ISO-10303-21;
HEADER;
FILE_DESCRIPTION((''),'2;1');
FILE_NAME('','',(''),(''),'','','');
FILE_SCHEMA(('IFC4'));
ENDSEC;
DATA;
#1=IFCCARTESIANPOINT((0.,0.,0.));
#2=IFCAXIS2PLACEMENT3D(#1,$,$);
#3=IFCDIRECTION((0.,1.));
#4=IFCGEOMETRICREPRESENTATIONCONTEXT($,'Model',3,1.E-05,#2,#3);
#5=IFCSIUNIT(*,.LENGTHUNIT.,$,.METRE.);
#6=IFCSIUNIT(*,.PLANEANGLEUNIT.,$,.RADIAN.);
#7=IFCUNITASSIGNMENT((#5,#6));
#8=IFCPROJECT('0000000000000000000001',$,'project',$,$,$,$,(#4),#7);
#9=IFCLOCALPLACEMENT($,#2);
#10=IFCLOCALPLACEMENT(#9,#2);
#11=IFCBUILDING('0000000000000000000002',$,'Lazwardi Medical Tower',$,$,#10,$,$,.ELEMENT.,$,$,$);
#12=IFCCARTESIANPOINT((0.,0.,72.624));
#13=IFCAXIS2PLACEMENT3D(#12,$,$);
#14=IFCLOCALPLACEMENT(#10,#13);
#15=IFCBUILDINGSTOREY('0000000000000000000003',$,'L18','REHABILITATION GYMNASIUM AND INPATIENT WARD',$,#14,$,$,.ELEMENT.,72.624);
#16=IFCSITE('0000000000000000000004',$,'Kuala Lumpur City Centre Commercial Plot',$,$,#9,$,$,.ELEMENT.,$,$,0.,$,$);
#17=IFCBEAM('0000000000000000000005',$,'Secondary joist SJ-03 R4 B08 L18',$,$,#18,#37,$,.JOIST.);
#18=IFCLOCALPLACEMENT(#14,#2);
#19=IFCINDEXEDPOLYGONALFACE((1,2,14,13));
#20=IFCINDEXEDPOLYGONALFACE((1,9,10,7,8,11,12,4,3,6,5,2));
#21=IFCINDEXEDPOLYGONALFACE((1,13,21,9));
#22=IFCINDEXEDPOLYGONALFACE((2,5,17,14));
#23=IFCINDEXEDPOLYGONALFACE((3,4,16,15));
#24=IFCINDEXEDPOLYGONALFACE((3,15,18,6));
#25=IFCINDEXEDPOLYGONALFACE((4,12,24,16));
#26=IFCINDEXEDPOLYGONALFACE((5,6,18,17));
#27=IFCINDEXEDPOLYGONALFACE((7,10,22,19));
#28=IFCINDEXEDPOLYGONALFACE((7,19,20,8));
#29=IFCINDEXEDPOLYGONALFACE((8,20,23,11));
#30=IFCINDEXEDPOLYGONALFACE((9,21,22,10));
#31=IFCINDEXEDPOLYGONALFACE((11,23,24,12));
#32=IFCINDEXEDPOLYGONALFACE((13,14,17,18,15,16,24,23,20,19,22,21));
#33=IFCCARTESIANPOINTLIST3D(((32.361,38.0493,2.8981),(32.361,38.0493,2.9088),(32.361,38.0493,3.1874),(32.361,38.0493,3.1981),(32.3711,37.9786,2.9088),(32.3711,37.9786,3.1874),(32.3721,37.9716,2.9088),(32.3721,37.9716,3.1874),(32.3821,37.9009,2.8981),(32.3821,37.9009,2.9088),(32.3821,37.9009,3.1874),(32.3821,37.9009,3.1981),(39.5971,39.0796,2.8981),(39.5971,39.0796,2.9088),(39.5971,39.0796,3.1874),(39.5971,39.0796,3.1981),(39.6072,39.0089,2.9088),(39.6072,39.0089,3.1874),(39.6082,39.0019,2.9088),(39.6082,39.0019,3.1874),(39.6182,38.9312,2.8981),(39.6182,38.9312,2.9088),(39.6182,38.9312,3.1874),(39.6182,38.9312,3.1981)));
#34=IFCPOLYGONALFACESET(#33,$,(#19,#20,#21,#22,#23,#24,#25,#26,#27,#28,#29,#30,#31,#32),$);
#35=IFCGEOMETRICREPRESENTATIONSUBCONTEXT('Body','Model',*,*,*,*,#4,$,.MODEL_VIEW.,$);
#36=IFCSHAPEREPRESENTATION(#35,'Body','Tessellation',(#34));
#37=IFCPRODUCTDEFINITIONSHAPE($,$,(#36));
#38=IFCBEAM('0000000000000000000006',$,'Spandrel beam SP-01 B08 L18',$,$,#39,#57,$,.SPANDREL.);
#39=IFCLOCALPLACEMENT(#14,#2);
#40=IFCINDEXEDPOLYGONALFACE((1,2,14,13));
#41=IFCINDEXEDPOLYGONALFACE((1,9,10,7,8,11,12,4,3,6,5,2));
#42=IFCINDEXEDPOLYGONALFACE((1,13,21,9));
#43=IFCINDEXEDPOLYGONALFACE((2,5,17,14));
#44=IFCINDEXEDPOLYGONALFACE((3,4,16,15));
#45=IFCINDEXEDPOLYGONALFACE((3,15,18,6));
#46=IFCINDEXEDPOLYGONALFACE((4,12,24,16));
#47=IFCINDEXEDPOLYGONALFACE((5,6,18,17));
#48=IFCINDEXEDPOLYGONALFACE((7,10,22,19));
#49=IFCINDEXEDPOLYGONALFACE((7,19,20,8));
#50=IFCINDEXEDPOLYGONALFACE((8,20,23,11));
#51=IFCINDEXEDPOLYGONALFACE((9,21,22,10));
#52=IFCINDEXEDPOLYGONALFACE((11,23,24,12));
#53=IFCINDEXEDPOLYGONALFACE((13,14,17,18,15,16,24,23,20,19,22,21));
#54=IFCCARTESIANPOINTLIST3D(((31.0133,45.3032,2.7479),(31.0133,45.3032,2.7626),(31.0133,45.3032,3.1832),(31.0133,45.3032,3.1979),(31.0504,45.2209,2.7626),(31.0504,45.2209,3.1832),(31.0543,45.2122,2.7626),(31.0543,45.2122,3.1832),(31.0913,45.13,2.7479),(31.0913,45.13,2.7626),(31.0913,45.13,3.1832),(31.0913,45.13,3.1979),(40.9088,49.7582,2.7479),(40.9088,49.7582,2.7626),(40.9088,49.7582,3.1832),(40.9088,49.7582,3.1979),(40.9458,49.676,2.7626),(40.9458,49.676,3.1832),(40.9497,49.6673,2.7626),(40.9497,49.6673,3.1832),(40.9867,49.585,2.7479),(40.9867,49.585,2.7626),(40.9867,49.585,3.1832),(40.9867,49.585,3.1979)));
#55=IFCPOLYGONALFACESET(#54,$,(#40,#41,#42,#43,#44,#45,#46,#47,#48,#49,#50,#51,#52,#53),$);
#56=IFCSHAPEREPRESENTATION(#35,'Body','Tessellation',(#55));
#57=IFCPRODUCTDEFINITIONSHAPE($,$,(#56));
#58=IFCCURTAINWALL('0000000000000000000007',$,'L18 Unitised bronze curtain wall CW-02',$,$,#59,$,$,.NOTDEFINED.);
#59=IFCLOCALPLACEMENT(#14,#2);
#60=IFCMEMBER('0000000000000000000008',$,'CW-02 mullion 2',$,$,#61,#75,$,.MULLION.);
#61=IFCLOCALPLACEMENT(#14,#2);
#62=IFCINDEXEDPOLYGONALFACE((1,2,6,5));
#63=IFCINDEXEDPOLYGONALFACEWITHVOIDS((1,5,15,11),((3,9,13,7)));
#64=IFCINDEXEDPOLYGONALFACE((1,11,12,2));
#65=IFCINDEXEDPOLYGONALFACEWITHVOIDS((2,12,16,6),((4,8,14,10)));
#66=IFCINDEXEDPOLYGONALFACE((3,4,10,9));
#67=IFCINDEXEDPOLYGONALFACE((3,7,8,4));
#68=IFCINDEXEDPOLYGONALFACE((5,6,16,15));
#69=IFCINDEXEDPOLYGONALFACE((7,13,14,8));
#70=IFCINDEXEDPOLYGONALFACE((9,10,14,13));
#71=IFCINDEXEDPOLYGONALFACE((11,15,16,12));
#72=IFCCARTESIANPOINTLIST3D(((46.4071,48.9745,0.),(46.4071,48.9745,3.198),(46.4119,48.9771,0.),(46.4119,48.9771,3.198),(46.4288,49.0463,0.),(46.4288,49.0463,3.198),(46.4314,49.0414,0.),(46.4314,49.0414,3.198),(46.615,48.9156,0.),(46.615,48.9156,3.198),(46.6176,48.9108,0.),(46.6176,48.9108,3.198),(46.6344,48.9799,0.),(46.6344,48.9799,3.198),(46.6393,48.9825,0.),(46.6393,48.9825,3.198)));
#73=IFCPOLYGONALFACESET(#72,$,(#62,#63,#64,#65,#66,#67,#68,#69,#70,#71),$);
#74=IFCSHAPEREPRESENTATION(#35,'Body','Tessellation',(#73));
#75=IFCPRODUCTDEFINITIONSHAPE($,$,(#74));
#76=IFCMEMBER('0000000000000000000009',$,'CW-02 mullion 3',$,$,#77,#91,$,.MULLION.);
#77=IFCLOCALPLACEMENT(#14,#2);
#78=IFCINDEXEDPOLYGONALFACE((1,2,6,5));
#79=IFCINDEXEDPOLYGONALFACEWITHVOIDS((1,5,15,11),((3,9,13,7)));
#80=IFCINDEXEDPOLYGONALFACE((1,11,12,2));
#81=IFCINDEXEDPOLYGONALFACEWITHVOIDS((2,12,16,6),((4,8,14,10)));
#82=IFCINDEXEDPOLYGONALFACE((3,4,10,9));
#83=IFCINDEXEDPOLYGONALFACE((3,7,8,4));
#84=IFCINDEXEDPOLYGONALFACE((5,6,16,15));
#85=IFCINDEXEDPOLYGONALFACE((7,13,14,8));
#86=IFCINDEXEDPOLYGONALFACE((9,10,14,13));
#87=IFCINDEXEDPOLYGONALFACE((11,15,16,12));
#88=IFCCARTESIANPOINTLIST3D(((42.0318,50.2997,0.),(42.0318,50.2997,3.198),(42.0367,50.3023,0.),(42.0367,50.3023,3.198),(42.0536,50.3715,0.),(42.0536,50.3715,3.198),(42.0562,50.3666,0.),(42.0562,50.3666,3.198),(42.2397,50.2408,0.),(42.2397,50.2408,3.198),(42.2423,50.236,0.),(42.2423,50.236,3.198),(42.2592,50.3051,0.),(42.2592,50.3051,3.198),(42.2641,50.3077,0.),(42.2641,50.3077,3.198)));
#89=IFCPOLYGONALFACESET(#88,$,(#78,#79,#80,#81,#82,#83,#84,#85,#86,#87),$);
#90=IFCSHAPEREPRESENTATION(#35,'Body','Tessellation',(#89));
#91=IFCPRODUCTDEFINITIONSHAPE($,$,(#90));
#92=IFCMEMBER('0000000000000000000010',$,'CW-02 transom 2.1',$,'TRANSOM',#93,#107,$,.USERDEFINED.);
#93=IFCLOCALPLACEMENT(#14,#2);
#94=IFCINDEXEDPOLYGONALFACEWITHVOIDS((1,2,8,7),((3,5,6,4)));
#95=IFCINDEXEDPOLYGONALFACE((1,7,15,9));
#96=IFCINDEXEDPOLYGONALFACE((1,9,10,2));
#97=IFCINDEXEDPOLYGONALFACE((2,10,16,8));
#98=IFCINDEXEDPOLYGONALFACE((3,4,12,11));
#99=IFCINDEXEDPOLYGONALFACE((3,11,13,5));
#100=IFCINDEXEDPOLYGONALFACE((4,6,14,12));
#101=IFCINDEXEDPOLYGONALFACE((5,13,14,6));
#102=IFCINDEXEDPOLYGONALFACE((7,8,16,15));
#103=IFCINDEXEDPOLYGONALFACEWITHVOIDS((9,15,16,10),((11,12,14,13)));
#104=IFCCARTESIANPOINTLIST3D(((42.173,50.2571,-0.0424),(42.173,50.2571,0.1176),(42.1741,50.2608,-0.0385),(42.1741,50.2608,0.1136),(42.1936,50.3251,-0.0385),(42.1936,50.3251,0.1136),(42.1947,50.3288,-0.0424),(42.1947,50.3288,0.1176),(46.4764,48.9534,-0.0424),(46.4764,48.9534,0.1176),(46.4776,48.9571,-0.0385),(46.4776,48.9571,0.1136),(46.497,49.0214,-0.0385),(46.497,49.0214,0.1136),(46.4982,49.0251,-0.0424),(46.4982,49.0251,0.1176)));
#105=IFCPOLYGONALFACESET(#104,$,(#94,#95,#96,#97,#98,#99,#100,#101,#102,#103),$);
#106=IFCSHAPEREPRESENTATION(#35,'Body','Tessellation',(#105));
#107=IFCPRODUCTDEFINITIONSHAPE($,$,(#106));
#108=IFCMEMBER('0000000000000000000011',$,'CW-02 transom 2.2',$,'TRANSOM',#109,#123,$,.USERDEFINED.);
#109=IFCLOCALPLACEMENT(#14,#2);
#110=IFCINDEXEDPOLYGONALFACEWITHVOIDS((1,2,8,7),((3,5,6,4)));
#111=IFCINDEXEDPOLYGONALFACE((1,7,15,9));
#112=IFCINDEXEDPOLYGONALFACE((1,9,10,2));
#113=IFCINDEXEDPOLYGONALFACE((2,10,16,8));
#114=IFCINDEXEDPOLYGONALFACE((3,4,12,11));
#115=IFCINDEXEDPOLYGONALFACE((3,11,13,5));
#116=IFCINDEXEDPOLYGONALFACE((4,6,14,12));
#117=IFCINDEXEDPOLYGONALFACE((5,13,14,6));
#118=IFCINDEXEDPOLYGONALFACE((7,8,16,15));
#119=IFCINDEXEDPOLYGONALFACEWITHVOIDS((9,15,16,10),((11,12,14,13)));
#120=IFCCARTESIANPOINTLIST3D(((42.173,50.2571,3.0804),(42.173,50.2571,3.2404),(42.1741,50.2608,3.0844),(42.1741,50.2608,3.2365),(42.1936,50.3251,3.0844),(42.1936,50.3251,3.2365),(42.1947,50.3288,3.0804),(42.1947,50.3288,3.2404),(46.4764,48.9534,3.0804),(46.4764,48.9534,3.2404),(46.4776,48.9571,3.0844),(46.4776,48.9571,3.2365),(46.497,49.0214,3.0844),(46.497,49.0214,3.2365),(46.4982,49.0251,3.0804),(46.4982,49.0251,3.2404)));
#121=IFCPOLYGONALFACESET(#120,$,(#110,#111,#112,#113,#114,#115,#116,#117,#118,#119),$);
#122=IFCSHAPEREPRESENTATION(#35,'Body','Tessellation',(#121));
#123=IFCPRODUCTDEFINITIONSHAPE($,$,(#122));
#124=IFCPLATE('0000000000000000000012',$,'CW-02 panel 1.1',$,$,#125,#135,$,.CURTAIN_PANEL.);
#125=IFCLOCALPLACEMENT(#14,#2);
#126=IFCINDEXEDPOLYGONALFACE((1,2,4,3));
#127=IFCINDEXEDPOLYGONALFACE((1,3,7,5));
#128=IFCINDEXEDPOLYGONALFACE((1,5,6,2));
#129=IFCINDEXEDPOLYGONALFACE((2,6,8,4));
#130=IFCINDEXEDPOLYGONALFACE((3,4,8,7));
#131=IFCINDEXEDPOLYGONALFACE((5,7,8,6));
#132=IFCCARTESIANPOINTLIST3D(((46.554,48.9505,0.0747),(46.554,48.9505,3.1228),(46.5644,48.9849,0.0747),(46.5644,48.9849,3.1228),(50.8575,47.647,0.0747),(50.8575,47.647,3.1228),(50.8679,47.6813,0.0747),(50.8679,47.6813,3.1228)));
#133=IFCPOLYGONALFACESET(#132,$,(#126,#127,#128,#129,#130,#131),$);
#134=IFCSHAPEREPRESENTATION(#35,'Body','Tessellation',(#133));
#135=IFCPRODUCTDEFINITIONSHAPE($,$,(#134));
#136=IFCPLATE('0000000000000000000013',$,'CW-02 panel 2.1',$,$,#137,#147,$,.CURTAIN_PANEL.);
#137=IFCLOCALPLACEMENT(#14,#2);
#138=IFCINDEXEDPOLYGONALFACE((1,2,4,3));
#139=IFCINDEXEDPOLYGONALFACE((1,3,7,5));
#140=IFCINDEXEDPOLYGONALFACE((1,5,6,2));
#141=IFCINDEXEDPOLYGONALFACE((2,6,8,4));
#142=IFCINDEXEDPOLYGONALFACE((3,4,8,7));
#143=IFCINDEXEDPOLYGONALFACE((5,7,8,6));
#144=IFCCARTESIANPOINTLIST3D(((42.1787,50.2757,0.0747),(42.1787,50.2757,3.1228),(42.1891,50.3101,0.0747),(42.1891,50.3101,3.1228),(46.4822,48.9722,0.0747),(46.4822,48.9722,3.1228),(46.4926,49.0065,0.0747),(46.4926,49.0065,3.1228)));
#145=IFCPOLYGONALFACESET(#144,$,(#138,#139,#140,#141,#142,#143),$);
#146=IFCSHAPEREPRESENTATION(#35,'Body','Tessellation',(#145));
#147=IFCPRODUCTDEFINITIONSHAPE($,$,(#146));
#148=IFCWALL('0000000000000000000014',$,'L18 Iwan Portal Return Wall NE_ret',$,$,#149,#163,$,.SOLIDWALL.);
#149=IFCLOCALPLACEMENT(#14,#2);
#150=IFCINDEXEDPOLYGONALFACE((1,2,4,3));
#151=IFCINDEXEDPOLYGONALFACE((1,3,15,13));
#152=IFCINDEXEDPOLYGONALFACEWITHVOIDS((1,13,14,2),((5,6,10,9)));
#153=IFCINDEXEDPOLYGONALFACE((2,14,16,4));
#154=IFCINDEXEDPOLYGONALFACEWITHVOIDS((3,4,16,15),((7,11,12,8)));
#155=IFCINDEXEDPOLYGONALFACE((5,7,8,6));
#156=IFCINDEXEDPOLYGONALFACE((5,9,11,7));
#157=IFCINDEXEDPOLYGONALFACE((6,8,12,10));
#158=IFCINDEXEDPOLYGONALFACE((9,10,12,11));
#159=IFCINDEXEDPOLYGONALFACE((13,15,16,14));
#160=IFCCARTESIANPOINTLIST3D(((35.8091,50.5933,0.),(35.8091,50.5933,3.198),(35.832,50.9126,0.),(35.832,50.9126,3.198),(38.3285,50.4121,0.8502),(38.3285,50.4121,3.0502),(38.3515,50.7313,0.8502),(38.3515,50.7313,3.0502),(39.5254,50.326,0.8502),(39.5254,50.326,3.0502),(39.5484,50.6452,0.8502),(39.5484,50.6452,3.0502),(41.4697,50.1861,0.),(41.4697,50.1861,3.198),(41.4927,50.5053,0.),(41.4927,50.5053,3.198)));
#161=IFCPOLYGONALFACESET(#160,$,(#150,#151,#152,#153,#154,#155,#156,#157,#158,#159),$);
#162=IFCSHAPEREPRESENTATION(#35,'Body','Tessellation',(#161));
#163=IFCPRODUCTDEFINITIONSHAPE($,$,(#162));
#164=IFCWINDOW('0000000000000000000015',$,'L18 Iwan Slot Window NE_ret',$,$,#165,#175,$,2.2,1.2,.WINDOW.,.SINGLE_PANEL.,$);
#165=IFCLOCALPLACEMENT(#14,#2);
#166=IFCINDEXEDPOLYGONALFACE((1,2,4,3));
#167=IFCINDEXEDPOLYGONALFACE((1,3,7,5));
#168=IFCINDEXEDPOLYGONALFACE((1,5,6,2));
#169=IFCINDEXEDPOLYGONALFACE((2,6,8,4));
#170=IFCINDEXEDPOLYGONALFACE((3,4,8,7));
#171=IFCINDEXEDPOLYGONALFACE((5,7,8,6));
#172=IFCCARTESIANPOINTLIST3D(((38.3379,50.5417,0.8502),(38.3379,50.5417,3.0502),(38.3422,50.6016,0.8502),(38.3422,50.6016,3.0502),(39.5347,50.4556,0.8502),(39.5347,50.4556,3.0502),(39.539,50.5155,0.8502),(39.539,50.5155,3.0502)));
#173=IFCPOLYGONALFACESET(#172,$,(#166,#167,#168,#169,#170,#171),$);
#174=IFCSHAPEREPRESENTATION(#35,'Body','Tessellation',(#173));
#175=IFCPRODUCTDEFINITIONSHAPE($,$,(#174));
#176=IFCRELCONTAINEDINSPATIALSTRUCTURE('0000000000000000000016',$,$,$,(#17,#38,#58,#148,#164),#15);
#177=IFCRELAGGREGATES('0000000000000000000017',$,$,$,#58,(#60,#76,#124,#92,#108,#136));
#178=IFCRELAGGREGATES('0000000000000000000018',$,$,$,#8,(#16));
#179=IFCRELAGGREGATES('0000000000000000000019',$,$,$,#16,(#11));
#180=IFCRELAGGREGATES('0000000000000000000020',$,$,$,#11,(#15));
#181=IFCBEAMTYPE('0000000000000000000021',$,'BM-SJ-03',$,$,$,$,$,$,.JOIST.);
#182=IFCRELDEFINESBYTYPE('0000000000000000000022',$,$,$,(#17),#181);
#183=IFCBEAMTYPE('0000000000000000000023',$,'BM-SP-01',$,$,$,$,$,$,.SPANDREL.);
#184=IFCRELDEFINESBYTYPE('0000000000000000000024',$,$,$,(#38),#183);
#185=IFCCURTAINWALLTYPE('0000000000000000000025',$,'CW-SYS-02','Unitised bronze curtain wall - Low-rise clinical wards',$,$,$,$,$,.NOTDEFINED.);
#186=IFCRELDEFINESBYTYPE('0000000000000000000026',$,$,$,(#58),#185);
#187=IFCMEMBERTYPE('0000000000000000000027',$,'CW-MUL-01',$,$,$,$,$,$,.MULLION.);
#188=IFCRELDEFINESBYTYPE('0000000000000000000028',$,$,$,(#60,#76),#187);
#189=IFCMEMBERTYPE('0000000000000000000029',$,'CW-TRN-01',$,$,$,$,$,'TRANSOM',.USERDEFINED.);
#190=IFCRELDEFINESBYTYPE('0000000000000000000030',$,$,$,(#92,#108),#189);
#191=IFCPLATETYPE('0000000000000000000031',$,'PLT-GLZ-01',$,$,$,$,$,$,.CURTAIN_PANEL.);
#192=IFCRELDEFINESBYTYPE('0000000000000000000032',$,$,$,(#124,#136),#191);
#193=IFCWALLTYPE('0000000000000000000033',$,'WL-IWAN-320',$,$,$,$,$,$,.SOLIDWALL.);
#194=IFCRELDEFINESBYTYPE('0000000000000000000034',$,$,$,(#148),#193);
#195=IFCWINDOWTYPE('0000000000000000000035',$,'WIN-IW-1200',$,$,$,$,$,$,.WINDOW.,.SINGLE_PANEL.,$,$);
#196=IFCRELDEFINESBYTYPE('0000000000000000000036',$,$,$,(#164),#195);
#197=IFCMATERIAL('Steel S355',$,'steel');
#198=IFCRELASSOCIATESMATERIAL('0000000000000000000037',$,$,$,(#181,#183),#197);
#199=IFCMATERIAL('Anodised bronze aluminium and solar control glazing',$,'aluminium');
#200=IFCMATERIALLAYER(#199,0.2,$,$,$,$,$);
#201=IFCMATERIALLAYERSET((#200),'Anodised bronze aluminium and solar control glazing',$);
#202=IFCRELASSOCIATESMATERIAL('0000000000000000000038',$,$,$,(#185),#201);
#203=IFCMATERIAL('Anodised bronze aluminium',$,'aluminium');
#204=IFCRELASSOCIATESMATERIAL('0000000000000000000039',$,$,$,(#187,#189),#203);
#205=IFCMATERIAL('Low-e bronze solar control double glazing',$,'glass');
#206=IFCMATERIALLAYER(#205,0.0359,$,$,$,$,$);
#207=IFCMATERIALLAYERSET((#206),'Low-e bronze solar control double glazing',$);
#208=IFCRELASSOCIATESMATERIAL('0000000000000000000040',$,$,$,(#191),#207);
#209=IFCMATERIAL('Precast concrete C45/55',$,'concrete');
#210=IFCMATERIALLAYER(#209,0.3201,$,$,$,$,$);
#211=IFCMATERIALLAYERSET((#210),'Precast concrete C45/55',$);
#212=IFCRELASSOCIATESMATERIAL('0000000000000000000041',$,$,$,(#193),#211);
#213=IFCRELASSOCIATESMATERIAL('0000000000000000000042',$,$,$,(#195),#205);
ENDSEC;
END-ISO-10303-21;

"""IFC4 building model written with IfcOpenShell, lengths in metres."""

from ifc_helpers import new_model, si_unit, direction, frame, frame_2d, origin, origin_2d, place, context, subcontext, project, spatial, rectangle, hollow_rectangle, i_section, extrude, material, layer, layer_set, material_profile, profile_set, type_object, element, fill, aggregate, save


model = new_model("IFC4")

# Units and contexts
model_context = context("Model", 3, precision=1e-05, world=origin(), true_north=direction((0.0, 1.0)))
body_context = subcontext(model_context, "Body", "Model", "MODEL_VIEW")
ifc_project = project(units=[si_unit("LENGTHUNIT", "METRE"), si_unit("PLANEANGLEUNIT", "RADIAN")], contexts=[model_context])

# Site, building, storey
site_placement = place(None, origin())
site = spatial("IfcSite", under=ifc_project, at=site_placement, Name="Kuala Lumpur City Centre Commercial Plot", CompositionType="ELEMENT", RefElevation=0.0)
building_placement = place(site_placement, origin())
building = spatial("IfcBuilding", under=site, at=building_placement, Name="Lazwardi Medical Tower", CompositionType="ELEMENT")
storey_placement = place(building_placement, frame((0.0, 0.0, 72.624)))
storey = spatial("IfcBuildingStorey", under=building, at=storey_placement, Name="L18", Description="REHABILITATION GYMNASIUM AND INPATIENT WARD", CompositionType="ELEMENT", Elevation=72.624)

# Beams
ifc_material_1 = material(Name="Steel S355", Category="steel")
ifc_material_profile_1 = material_profile(ifc_material_1, i_section(OverallWidth=0.1499, OverallDepth=0.3, WebThickness=0.0071, FlangeThickness=0.0107, at=origin_2d()), Name="IPE 300")
ifc_profile_set_1 = profile_set([ifc_material_profile_1], Name="Steel S355")
beam_type_1 = type_object("IfcBeamType", Name="BM-SJ-03", PredefinedType="JOIST", material=ifc_profile_set_1)
beam_1_placement = place(storey_placement, frame((39.6077, 39.0054, 3.0481), z_axis=(-0.990016, -0.140958, 0.0), x_axis=(0.140958, -0.990016, 0.0)))
element("IfcBeam", 1, at=beam_1_placement, inside=storey, type_object=beam_type_1, Name="Secondary joist SJ-03 R4 B08 L18", PredefinedType="JOIST", context=body_context, shape_type="SweptSolid", body=[
    extrude(i_section(OverallWidth=0.1499, OverallDepth=0.3, WebThickness=0.0071, FlangeThickness=0.0107, at=origin_2d()), origin(), (0.0, 0.0, 1.0), 7.3091),
])
ifc_material_profile_2 = material_profile(ifc_material_1, i_section(OverallWidth=0.1899, OverallDepth=0.45, WebThickness=0.0095, FlangeThickness=0.0146, at=origin_2d()), Name="IPE 450")
ifc_profile_set_2 = profile_set([ifc_material_profile_2], Name="Steel S355")
beam_type_2 = type_object("IfcBeamType", Name="BM-SP-01", PredefinedType="SPANDREL", material=ifc_profile_set_2)
beam_2_placement = place(storey_placement, frame((40.9478, 49.6716, 2.9729), z_axis=(-0.911849, -0.410526, 0.0), x_axis=(0.410526, -0.911849, 0.0)))
element("IfcBeam", 2, at=beam_2_placement, inside=storey, type_object=beam_type_2, Name="Spandrel beam SP-01 B08 L18", PredefinedType="SPANDREL", context=body_context, shape_type="SweptSolid", body=[
    extrude(i_section(OverallWidth=0.1899, OverallDepth=0.45, WebThickness=0.0095, FlangeThickness=0.0146, at=origin_2d()), origin(), (0.0, 0.0, 1.0), 10.8521),
])

# Curtain wall, members, plates
ifc_material_2 = material(Name="Anodised bronze aluminium and solar control glazing", Category="aluminium")
ifc_layer_1 = layer(ifc_material_2, 0.2)
ifc_layer_set_1 = layer_set([ifc_layer_1], Name="Anodised bronze aluminium and solar control glazing")
curtain_wall_type = type_object("IfcCurtainWallType", Name="CW-SYS-02", Description="Unitised bronze curtain wall - Low-rise clinical wards", PredefinedType="NOTDEFINED", material=ifc_layer_set_1)
curtain_wall_placement = place(storey_placement, origin())
curtain_wall = element("IfcCurtainWall", 3, at=curtain_wall_placement, inside=storey, type_object=curtain_wall_type, Name="L18 Unitised bronze curtain wall CW-02", PredefinedType="NOTDEFINED")
ifc_material_3 = material(Name="Anodised bronze aluminium", Category="aluminium")
ifc_material_profile_3 = material_profile(ifc_material_3, hollow_rectangle(XDim=0.075, YDim=0.22, WallThickness=0.0039, at=origin_2d()), Name="ALU-MULLION 220x75x4")
ifc_profile_set_3 = profile_set([ifc_material_profile_3], Name="Anodised bronze aluminium")
member_type_1 = type_object("IfcMemberType", Name="CW-MUL-01", PredefinedType="MULLION", material=ifc_profile_set_3)
member_1_placement = place(storey_placement, frame((46.5232, 48.9785, 0.0), z_axis=(0.0, 0.0, 1.0), x_axis=(-0.289896, -0.957058, 0.0)))
member_1 = element("IfcMember", 4, at=member_1_placement, type_object=member_type_1, Name="CW-02 mullion 2", PredefinedType="MULLION", context=body_context, shape_type="SweptSolid", body=[
    extrude(hollow_rectangle(XDim=0.075, YDim=0.22, WallThickness=0.0039, at=origin_2d()), origin(), (0.0, 0.0, 1.0), 3.198),
])
member_2_placement = place(storey_placement, frame((42.1479, 50.3037, 0.0), z_axis=(0.0, 0.0, 1.0), x_axis=(-0.289896, -0.957058, 0.0)))
member_2 = element("IfcMember", 5, at=member_2_placement, type_object=member_type_1, Name="CW-02 mullion 3", PredefinedType="MULLION", context=body_context, shape_type="SweptSolid", body=[
    extrude(hollow_rectangle(XDim=0.075, YDim=0.22, WallThickness=0.0039, at=origin_2d()), origin(), (0.0, 0.0, 1.0), 3.198),
])
ifc_material_profile_4 = material_profile(ifc_material_3, hollow_rectangle(XDim=0.075, YDim=0.1599, WallThickness=0.0039, at=origin_2d()), Name="ALU-TRANSOM 160x75x4")
ifc_profile_set_4 = profile_set([ifc_material_profile_4], Name="Anodised bronze aluminium")
member_type_2 = type_object("IfcMemberType", Name="CW-TRN-01", ElementType="TRANSOM", PredefinedType="USERDEFINED", material=ifc_profile_set_4)
member_3_placement = place(storey_placement, frame((46.4873, 48.9893, 0.0376), z_axis=(-0.957047, 0.289932, 0.0), x_axis=(-0.289932, -0.957047, 0.0)))
member_3 = element("IfcMember", 6, at=member_3_placement, type_object=member_type_2, Name="CW-02 transom 2.1", ObjectType="TRANSOM", PredefinedType="USERDEFINED", context=body_context, shape_type="SweptSolid", body=[
    extrude(hollow_rectangle(XDim=0.075, YDim=0.1599, WallThickness=0.0039, at=origin_2d()), origin(), (0.0, 0.0, 1.0), 4.4966),
])
member_4_placement = place(storey_placement, frame((46.4873, 48.9893, 3.1604), z_axis=(-0.957047, 0.289932, 0.0), x_axis=(-0.289932, -0.957047, 0.0)))
member_4 = element("IfcMember", 7, at=member_4_placement, type_object=member_type_2, Name="CW-02 transom 2.2", ObjectType="TRANSOM", PredefinedType="USERDEFINED", context=body_context, shape_type="SweptSolid", body=[
    extrude(hollow_rectangle(XDim=0.075, YDim=0.1599, WallThickness=0.0039, at=origin_2d()), origin(), (0.0, 0.0, 1.0), 4.4966),
])
ifc_material_4 = material(Name="Low-e bronze solar control double glazing", Category="glass")
ifc_layer_2 = layer(ifc_material_4, 0.0359)
ifc_layer_set_2 = layer_set([ifc_layer_2], Name="Low-e bronze solar control double glazing")
plate_type = type_object("IfcPlateType", Name="PLT-GLZ-01", PredefinedType="CURTAIN_PANEL", material=ifc_layer_set_2)
plate_1_placement = place(storey_placement, frame((48.7109, 48.3159, 0.0747), z_axis=(0.0, 0.0, 1.0), x_axis=(-0.957058, 0.289896, 0.0)))
plate_1 = element("IfcPlate", 8, at=plate_1_placement, type_object=plate_type, Name="CW-02 panel 1.1", PredefinedType="CURTAIN_PANEL", context=body_context, shape_type="SweptSolid", body=[
    extrude(rectangle(XDim=4.4966, YDim=0.0359, at=origin_2d()), origin(), (0.0, 0.0, 1.0), 3.0481),
])
plate_2_placement = place(storey_placement, frame((44.3357, 49.6411, 0.0747), z_axis=(0.0, 0.0, 1.0), x_axis=(-0.957058, 0.289896, 0.0)))
plate_2 = element("IfcPlate", 9, at=plate_2_placement, type_object=plate_type, Name="CW-02 panel 2.1", PredefinedType="CURTAIN_PANEL", context=body_context, shape_type="SweptSolid", body=[
    extrude(rectangle(XDim=4.4966, YDim=0.0359, at=origin_2d()), origin(), (0.0, 0.0, 1.0), 3.0481),
])
aggregate(curtain_wall, [member_1, member_2, plate_1, member_3, member_4, plate_2])

# Wall, opening, window
ifc_material_5 = material(Name="Precast concrete C45/55", Category="concrete")
ifc_layer_3 = layer(ifc_material_5, 0.3201)
ifc_layer_set_3 = layer_set([ifc_layer_3], Name="Precast concrete C45/55")
wall_type_1 = type_object("IfcWallType", Name="WL-IWAN-320", PredefinedType="SOLIDWALL", material=ifc_layer_set_3)
wall_1_placement = place(storey_placement, frame((41.4812, 50.3457, 0.0), z_axis=(0.0, 0.0, 1.0), x_axis=(-0.997422, 0.071755, 0.0)))
wall_1 = element("IfcWall", 10, at=wall_1_placement, inside=storey, type_object=wall_type_1, Name="L18 Iwan Portal Return Wall NE_ret", PredefinedType="SOLIDWALL", context=body_context, shape_type="SweptSolid", body=[
    extrude(rectangle(XDim=5.6753, YDim=0.3201, at=frame_2d((2.8376, 0.0))), origin(), (0.0, 0.0, 1.0), 3.198),
])
opening_1_placement = place(wall_1_placement, frame((1.9492, 0.0, 0.8501)))
opening_1 = element("IfcOpeningElement", 11, at=opening_1_placement, cuts=wall_1, PredefinedType="OPENING", context=body_context, shape_type="SweptSolid", body=[
    extrude(rectangle(XDim=1.2, YDim=2.2, at=frame_2d((0.6001, 1.1001))), frame((0.0, 0.1699, 0.0), z_axis=(0.0, -1.0, 0.0), x_axis=(1.0, 0.0, 0.0)), (0.0, 0.0, 1.0), 0.3401),
])
window_type_1 = type_object("IfcWindowType", Name="WIN-IW-1200", PartitioningType="SINGLE_PANEL", PredefinedType="WINDOW", material=ifc_material_4)
window_1_placement = place(opening_1_placement, origin())
window_1 = element("IfcWindow", 12, at=window_1_placement, inside=storey, type_object=window_type_1, Name="L18 Iwan Slot Window NE_ret", OverallHeight=2.2, OverallWidth=1.2, PartitioningType="SINGLE_PANEL", PredefinedType="WINDOW", context=body_context, shape_type="SweptSolid", body=[
    extrude(rectangle(XDim=1.2, YDim=2.2, at=frame_2d((0.6001, 1.1001))), frame((0.0, 0.03, 0.0), z_axis=(0.0, -1.0, 0.0), x_axis=(1.0, 0.0, 0.0)), (0.0, 0.0, 1.0), 0.0601),
])
fill(opening_1, window_1)

save(model, "model.ifc")
